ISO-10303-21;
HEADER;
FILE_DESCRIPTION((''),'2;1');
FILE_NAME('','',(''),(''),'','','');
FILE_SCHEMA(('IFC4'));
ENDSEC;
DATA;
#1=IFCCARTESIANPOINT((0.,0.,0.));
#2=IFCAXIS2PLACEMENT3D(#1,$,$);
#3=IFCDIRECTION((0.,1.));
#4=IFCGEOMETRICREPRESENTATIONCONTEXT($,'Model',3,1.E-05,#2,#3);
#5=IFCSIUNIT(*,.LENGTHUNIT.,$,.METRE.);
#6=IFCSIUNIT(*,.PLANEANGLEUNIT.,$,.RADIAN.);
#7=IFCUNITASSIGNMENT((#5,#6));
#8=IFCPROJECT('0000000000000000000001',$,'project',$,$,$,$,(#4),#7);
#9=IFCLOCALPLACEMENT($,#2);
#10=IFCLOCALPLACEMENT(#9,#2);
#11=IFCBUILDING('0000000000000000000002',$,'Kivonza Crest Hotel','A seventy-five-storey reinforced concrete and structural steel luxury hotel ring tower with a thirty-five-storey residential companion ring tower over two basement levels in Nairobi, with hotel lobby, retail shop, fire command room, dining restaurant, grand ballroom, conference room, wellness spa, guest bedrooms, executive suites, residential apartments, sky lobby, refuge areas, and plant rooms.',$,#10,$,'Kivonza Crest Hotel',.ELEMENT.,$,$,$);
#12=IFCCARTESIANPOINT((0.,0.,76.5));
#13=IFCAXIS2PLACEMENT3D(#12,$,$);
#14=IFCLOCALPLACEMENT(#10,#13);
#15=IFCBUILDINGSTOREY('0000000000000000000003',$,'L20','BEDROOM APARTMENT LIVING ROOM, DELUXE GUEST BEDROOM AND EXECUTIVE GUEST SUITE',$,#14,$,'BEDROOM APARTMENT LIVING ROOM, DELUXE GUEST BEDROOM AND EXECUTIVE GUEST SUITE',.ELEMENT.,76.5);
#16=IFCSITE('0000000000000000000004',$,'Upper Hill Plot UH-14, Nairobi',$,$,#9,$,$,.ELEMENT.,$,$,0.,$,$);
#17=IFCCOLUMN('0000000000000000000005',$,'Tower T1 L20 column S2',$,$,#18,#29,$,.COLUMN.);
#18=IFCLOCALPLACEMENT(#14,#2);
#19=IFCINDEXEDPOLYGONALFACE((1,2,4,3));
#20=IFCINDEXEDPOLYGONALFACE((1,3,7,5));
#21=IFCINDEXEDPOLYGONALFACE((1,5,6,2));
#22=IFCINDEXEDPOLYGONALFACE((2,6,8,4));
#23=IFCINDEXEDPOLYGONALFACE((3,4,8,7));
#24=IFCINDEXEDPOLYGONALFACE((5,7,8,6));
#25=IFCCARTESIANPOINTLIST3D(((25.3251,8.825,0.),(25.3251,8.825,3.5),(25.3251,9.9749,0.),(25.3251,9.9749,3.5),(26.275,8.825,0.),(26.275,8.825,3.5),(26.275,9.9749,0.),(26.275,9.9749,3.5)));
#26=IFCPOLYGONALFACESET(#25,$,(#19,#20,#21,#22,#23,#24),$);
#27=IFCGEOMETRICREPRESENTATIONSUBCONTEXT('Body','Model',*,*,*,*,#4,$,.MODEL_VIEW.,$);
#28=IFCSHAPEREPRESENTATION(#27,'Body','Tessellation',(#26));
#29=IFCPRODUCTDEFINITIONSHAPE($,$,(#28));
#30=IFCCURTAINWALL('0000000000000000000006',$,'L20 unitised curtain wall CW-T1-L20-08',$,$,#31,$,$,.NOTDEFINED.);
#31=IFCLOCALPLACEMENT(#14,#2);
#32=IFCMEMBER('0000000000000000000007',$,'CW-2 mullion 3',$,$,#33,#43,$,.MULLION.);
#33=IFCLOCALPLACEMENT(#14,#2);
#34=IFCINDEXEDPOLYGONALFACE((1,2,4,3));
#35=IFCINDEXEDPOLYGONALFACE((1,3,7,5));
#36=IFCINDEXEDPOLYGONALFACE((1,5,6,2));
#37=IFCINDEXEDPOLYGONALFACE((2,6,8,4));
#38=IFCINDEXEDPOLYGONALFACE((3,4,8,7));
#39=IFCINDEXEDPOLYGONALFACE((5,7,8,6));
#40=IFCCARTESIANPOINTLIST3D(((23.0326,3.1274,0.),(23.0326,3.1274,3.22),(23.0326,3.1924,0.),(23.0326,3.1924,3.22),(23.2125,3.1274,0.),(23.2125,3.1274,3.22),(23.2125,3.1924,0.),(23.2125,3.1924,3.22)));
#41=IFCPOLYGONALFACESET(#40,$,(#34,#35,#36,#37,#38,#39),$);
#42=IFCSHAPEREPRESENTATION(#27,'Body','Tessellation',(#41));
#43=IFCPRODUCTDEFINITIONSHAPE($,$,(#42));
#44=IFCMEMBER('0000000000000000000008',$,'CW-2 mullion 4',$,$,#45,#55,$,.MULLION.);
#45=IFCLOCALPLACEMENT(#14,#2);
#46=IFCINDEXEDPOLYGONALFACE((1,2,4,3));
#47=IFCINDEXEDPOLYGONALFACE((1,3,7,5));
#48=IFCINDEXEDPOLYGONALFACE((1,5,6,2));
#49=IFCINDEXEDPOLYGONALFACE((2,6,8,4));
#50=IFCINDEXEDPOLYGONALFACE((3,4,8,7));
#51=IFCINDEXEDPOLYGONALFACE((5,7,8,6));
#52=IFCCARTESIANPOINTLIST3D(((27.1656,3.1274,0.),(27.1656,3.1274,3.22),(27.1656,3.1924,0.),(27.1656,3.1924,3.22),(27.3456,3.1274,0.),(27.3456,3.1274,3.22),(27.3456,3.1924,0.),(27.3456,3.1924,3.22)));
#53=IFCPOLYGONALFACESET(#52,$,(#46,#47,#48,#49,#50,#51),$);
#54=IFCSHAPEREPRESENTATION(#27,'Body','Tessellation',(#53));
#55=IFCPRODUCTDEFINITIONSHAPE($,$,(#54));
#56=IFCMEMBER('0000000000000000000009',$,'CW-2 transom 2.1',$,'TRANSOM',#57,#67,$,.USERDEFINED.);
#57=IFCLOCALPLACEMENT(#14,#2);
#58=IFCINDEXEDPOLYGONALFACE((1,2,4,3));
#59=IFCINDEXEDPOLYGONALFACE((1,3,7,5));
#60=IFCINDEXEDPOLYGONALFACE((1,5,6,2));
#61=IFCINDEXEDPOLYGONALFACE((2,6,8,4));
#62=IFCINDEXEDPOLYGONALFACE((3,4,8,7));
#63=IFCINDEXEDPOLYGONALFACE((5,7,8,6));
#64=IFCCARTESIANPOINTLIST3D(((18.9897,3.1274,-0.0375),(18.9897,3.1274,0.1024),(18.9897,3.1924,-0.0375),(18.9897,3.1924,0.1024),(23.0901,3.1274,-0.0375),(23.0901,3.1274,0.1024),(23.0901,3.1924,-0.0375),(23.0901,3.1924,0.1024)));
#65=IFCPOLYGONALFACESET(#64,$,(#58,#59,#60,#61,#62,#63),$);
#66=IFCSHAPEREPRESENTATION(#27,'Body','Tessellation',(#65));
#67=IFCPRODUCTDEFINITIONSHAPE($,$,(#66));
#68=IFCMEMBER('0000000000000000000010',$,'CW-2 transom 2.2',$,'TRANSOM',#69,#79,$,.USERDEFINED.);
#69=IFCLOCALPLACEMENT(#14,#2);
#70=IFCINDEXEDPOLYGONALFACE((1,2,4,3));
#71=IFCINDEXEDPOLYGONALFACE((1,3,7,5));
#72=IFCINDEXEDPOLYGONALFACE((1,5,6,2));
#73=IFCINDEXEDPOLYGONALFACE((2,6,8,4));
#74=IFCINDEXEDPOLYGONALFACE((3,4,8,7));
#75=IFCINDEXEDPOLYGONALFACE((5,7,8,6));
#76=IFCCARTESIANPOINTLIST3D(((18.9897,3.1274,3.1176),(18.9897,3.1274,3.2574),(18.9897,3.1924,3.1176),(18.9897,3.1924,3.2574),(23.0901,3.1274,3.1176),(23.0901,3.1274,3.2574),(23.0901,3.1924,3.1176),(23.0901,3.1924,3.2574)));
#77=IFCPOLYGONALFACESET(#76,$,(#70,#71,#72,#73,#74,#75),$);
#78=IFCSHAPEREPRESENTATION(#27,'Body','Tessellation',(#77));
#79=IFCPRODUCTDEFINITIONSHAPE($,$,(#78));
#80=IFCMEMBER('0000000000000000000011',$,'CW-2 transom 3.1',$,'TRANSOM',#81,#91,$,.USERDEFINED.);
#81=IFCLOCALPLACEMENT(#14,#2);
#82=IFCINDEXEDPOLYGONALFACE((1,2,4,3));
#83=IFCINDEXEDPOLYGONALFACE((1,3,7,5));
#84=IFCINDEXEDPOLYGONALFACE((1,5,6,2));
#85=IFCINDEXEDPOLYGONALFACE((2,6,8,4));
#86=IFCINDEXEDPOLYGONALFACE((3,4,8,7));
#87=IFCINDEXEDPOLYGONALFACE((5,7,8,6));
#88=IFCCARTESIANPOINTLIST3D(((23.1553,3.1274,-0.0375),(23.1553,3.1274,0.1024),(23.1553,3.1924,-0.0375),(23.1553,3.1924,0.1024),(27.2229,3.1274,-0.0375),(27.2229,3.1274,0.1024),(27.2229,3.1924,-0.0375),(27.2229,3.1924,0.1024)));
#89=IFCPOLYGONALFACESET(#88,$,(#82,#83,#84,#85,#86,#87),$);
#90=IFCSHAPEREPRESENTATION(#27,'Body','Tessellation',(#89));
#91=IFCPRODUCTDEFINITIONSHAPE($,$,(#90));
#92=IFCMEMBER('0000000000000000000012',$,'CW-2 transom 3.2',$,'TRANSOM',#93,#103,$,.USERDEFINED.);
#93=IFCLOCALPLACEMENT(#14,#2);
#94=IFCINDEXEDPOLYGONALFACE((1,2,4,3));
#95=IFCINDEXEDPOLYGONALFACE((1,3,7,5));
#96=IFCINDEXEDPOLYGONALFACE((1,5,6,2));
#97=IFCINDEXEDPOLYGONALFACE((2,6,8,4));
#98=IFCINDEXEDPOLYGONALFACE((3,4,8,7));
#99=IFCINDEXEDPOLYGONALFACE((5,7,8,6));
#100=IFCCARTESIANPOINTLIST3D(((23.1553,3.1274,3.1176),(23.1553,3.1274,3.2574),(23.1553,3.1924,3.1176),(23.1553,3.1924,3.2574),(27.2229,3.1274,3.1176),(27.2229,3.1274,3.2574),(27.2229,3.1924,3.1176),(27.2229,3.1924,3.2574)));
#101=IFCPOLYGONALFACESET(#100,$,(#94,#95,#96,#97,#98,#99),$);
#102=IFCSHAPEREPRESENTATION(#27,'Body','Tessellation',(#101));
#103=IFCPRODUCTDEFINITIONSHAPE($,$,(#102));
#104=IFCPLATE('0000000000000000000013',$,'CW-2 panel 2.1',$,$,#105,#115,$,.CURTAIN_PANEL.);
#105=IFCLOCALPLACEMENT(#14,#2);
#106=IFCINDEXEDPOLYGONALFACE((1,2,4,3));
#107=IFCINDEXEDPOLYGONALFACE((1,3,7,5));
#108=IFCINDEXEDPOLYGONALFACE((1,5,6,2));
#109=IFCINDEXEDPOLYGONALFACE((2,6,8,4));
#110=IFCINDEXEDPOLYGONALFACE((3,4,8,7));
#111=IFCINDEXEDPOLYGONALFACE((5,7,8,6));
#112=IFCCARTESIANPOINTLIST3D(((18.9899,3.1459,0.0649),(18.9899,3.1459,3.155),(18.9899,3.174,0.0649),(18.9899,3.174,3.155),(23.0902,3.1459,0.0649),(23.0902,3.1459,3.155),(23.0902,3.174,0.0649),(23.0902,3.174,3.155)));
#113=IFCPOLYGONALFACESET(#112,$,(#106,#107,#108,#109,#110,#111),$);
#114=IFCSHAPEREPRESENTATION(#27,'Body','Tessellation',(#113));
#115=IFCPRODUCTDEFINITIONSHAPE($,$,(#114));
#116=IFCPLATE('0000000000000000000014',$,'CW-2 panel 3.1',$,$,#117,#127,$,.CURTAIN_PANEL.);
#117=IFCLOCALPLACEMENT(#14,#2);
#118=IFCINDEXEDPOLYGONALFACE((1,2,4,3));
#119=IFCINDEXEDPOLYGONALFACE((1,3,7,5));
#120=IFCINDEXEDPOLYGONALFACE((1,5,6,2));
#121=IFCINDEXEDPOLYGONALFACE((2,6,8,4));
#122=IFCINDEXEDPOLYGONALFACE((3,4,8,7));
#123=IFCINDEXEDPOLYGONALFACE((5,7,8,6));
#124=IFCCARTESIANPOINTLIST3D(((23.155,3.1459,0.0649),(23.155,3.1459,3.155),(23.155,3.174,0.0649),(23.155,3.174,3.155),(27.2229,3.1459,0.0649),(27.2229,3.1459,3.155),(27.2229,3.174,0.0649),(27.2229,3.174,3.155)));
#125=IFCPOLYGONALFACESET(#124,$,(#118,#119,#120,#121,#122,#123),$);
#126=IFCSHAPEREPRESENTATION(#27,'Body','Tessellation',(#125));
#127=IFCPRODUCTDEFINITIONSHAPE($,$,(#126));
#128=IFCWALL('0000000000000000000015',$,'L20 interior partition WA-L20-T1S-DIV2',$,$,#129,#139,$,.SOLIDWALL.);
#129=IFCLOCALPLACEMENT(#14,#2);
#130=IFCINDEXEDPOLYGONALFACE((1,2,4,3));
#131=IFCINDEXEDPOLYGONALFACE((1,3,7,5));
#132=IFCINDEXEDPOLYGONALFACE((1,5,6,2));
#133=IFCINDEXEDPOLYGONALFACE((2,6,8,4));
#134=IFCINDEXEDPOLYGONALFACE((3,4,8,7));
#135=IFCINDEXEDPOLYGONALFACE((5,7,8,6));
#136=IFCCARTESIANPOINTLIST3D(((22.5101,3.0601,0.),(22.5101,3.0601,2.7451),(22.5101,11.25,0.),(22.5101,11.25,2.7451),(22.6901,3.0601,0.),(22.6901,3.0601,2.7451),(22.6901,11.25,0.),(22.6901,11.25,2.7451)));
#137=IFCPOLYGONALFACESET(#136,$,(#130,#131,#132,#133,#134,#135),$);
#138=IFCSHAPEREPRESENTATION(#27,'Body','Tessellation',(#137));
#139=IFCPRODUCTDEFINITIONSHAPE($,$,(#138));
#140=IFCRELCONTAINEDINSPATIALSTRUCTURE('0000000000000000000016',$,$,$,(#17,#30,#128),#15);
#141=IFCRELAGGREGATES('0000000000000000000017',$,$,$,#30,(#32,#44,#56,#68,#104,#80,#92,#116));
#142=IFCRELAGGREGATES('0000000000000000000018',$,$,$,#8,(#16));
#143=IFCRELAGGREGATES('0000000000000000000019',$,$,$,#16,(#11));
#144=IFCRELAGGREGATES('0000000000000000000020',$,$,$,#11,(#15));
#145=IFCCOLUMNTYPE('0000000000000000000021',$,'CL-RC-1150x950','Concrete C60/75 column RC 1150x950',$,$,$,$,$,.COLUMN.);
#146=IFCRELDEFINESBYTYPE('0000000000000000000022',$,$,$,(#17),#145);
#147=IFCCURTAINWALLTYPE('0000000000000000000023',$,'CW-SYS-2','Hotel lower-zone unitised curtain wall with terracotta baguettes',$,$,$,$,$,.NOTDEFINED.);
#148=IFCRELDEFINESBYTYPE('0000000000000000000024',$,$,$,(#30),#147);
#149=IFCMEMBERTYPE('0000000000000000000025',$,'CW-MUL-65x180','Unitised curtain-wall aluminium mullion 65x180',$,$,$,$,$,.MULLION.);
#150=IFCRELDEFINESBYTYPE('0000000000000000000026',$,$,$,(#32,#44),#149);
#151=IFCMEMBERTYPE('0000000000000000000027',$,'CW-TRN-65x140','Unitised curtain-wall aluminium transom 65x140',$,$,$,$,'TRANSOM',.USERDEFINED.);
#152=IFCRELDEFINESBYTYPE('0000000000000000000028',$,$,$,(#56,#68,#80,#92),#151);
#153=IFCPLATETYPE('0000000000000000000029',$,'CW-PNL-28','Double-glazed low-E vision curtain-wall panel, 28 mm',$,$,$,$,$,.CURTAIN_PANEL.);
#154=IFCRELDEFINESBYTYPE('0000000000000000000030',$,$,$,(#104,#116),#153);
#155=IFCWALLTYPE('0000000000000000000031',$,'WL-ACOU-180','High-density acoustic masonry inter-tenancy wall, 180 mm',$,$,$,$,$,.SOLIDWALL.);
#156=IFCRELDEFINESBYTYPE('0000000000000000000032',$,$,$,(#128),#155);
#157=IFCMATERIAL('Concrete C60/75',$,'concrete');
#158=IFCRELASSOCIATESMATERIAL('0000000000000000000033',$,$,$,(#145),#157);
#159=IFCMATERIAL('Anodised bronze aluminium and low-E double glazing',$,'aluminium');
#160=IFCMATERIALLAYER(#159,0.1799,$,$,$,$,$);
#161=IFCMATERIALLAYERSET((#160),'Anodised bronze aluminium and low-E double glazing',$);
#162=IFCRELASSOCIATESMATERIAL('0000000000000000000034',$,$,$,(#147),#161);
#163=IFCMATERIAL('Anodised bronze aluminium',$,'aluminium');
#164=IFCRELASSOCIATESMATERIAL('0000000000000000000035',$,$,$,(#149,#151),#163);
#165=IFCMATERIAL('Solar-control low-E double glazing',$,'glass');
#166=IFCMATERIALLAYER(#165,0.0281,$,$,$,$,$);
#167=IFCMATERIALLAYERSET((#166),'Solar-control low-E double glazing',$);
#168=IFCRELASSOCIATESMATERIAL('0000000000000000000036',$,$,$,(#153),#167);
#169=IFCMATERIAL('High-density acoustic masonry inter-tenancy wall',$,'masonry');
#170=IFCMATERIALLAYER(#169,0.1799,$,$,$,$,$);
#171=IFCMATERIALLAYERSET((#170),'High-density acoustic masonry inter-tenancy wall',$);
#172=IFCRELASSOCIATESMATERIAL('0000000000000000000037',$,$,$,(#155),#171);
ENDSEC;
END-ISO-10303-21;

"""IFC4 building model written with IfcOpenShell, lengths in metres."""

from ifc_helpers import new_model, si_unit, direction, frame, frame_2d, origin, origin_2d, place, context, subcontext, project, spatial, rectangle, extrude, material, layer, layer_set, material_profile, profile_set, type_object, element, aggregate, save


model = new_model("IFC4")

# Units and contexts
model_context = context("Model", 3, precision=1e-05, world=origin(), true_north=direction((0.0, 1.0)))
body_context = subcontext(model_context, "Body", "Model", "MODEL_VIEW")
ifc_project = project(units=[si_unit("LENGTHUNIT", "METRE"), si_unit("PLANEANGLEUNIT", "RADIAN")], contexts=[model_context])

# Site, building, storey
site_placement = place(None, origin())
site = spatial("IfcSite", under=ifc_project, at=site_placement, Name="Upper Hill Plot UH-14, Nairobi", CompositionType="ELEMENT", RefElevation=0.0)
building_placement = place(site_placement, origin())
building = spatial("IfcBuilding", under=site, at=building_placement, Name="Kivonza Crest Hotel", Description="A seventy-five-storey reinforced concrete and structural steel luxury hotel ring tower with a thirty-five-storey residential companion ring tower over two basement levels in Nairobi, with hotel lobby, retail shop, fire command room, dining restaurant, grand ballroom, conference room, wellness spa, guest bedrooms, executive suites, residential apartments, sky lobby, refuge areas, and plant rooms.", LongName="Kivonza Crest Hotel", CompositionType="ELEMENT")
storey_placement = place(building_placement, frame((0.0, 0.0, 76.5)))
storey = spatial("IfcBuildingStorey", under=building, at=storey_placement, Name="L20", Description="BEDROOM APARTMENT LIVING ROOM, DELUXE GUEST BEDROOM AND EXECUTIVE GUEST SUITE", LongName="BEDROOM APARTMENT LIVING ROOM, DELUXE GUEST BEDROOM AND EXECUTIVE GUEST SUITE", CompositionType="ELEMENT", Elevation=76.5)

# Column
ifc_material_1 = material(Name="Concrete C60/75", Category="concrete")
ifc_material_profile_1 = material_profile(ifc_material_1, rectangle(XDim=0.95, YDim=1.1499, at=origin_2d()), Name="RC 1150x950")
ifc_profile_set_1 = profile_set([ifc_material_profile_1], Name="Concrete C60/75")
column_type = type_object("IfcColumnType", Name="CL-RC-1150x950", Description="Concrete C60/75 column RC 1150x950", PredefinedType="COLUMN", material=ifc_profile_set_1)
column_placement = place(storey_placement, frame((25.8, 9.3999, 0.0), z_axis=(0.0, 0.0, 1.0), x_axis=(1.0, 0.0, 0.0)))
element("IfcColumn", 1, at=column_placement, inside=storey, type_object=column_type, Name="Tower T1 L20 column S2", PredefinedType="COLUMN", context=body_context, shape_type="SweptSolid", body=[
    extrude(rectangle(XDim=0.95, YDim=1.1499, at=origin_2d()), origin(), (0.0, 0.0, 1.0), 3.5),
])

# Curtain wall, members, plates
ifc_material_2 = material(Name="Anodised bronze aluminium and low-E double glazing", Category="aluminium")
ifc_layer_1 = layer(ifc_material_2, 0.1799)
ifc_layer_set_1 = layer_set([ifc_layer_1], Name="Anodised bronze aluminium and low-E double glazing")
curtain_wall_type = type_object("IfcCurtainWallType", Name="CW-SYS-2", Description="Hotel lower-zone unitised curtain wall with terracotta baguettes", PredefinedType="NOTDEFINED", material=ifc_layer_set_1)
curtain_wall_placement = place(storey_placement, origin())
curtain_wall = element("IfcCurtainWall", 2, at=curtain_wall_placement, inside=storey, type_object=curtain_wall_type, Name="L20 unitised curtain wall CW-T1-L20-08", PredefinedType="NOTDEFINED")
ifc_material_3 = material(Name="Anodised bronze aluminium", Category="aluminium")
ifc_material_profile_2 = material_profile(ifc_material_3, rectangle(XDim=0.0649, YDim=0.1799, at=origin_2d()), Name="CW-M 65x180")
ifc_profile_set_2 = profile_set([ifc_material_profile_2], Name="Anodised bronze aluminium")
member_type_1 = type_object("IfcMemberType", Name="CW-MUL-65x180", Description="Unitised curtain-wall aluminium mullion 65x180", PredefinedType="MULLION", material=ifc_profile_set_2)
member_1_placement = place(storey_placement, frame((23.1226, 3.1599, 0.0), z_axis=(0.0, 0.0, 1.0), x_axis=(0.0, 1.0, 0.0)))
member_1 = element("IfcMember", 3, at=member_1_placement, type_object=member_type_1, Name="CW-2 mullion 3", PredefinedType="MULLION", context=body_context, shape_type="SweptSolid", body=[
    extrude(rectangle(XDim=0.0649, YDim=0.1799, at=origin_2d()), origin(), (0.0, 0.0, 1.0), 3.22),
])
member_2_placement = place(storey_placement, frame((27.2556, 3.1599, 0.0), z_axis=(0.0, 0.0, 1.0), x_axis=(0.0, 1.0, 0.0)))
member_2 = element("IfcMember", 4, at=member_2_placement, type_object=member_type_1, Name="CW-2 mullion 4", PredefinedType="MULLION", context=body_context, shape_type="SweptSolid", body=[
    extrude(rectangle(XDim=0.0649, YDim=0.1799, at=origin_2d()), origin(), (0.0, 0.0, 1.0), 3.22),
])
ifc_material_profile_3 = material_profile(ifc_material_3, rectangle(XDim=0.0649, YDim=0.1399, at=origin_2d()), Name="CW-T 65x140")
ifc_profile_set_3 = profile_set([ifc_material_profile_3], Name="Anodised bronze aluminium")
member_type_2 = type_object("IfcMemberType", Name="CW-TRN-65x140", Description="Unitised curtain-wall aluminium transom 65x140", ElementType="TRANSOM", PredefinedType="USERDEFINED", material=ifc_profile_set_3)
member_3_placement = place(storey_placement, frame((18.9897, 3.1599, 0.0325), z_axis=(1.0, 0.0, 0.0), x_axis=(0.0, 1.0, 0.0)))
member_3 = element("IfcMember", 5, at=member_3_placement, type_object=member_type_2, Name="CW-2 transom 2.1", ObjectType="TRANSOM", PredefinedType="USERDEFINED", context=body_context, shape_type="SweptSolid", body=[
    extrude(rectangle(XDim=0.0649, YDim=0.1399, at=origin_2d()), origin(), (0.0, 0.0, 1.0), 4.1003),
])
member_4_placement = place(storey_placement, frame((18.9897, 3.1599, 3.1875), z_axis=(1.0, 0.0, 0.0), x_axis=(0.0, 1.0, 0.0)))
member_4 = element("IfcMember", 6, at=member_4_placement, type_object=member_type_2, Name="CW-2 transom 2.2", ObjectType="TRANSOM", PredefinedType="USERDEFINED", context=body_context, shape_type="SweptSolid", body=[
    extrude(rectangle(XDim=0.0649, YDim=0.1399, at=origin_2d()), origin(), (0.0, 0.0, 1.0), 4.1003),
])
member_5_placement = place(storey_placement, frame((23.1553, 3.1599, 0.0325), z_axis=(1.0, 0.0, 0.0), x_axis=(0.0, 1.0, 0.0)))
member_5 = element("IfcMember", 7, at=member_5_placement, type_object=member_type_2, Name="CW-2 transom 3.1", ObjectType="TRANSOM", PredefinedType="USERDEFINED", context=body_context, shape_type="SweptSolid", body=[
    extrude(rectangle(XDim=0.0649, YDim=0.1399, at=origin_2d()), origin(), (0.0, 0.0, 1.0), 4.0676),
])
member_6_placement = place(storey_placement, frame((23.1553, 3.1599, 3.1875), z_axis=(1.0, 0.0, 0.0), x_axis=(0.0, 1.0, 0.0)))
member_6 = element("IfcMember", 8, at=member_6_placement, type_object=member_type_2, Name="CW-2 transom 3.2", ObjectType="TRANSOM", PredefinedType="USERDEFINED", context=body_context, shape_type="SweptSolid", body=[
    extrude(rectangle(XDim=0.0649, YDim=0.1399, at=origin_2d()), origin(), (0.0, 0.0, 1.0), 4.0676),
])
ifc_material_4 = material(Name="Solar-control low-E double glazing", Category="glass")
ifc_layer_2 = layer(ifc_material_4, 0.0281)
ifc_layer_set_2 = layer_set([ifc_layer_2], Name="Solar-control low-E double glazing")
plate_type = type_object("IfcPlateType", Name="CW-PNL-28", Description="Double-glazed low-E vision curtain-wall panel, 28 mm", PredefinedType="CURTAIN_PANEL", material=ifc_layer_set_2)
plate_1_placement = place(storey_placement, frame((21.04, 3.1599, 0.0649), z_axis=(0.0, 0.0, 1.0), x_axis=(1.0, 0.0, 0.0)))
plate_1 = element("IfcPlate", 9, at=plate_1_placement, type_object=plate_type, Name="CW-2 panel 2.1", PredefinedType="CURTAIN_PANEL", context=body_context, shape_type="SweptSolid", body=[
    extrude(rectangle(XDim=4.1003, YDim=0.0281, at=origin_2d()), origin(), (0.0, 0.0, 1.0), 3.0901),
])
plate_2_placement = place(storey_placement, frame((25.189, 3.1599, 0.0649), z_axis=(0.0, 0.0, 1.0), x_axis=(1.0, 0.0, 0.0)))
plate_2 = element("IfcPlate", 10, at=plate_2_placement, type_object=plate_type, Name="CW-2 panel 3.1", PredefinedType="CURTAIN_PANEL", context=body_context, shape_type="SweptSolid", body=[
    extrude(rectangle(XDim=4.0679, YDim=0.0281, at=origin_2d()), origin(), (0.0, 0.0, 1.0), 3.0901),
])
aggregate(curtain_wall, [member_1, member_2, member_3, member_4, plate_1, member_5, member_6, plate_2])

# Wall
ifc_material_5 = material(Name="High-density acoustic masonry inter-tenancy wall", Category="masonry")
ifc_layer_3 = layer(ifc_material_5, 0.1799)
ifc_layer_set_3 = layer_set([ifc_layer_3], Name="High-density acoustic masonry inter-tenancy wall")
wall_type_1 = type_object("IfcWallType", Name="WL-ACOU-180", Description="High-density acoustic masonry inter-tenancy wall, 180 mm", PredefinedType="SOLIDWALL", material=ifc_layer_set_3)
wall_1_placement = place(storey_placement, frame((22.6001, 3.0601, 0.0), z_axis=(0.0, 0.0, 1.0), x_axis=(0.0, 1.0, 0.0)))
element("IfcWall", 11, at=wall_1_placement, inside=storey, type_object=wall_type_1, Name="L20 interior partition WA-L20-T1S-DIV2", PredefinedType="SOLIDWALL", context=body_context, shape_type="SweptSolid", body=[
    extrude(rectangle(XDim=8.1899, YDim=0.1799, at=frame_2d((4.095, 0.0))), origin(), (0.0, 0.0, 1.0), 2.7451),
])

save(model, "model.ifc")
